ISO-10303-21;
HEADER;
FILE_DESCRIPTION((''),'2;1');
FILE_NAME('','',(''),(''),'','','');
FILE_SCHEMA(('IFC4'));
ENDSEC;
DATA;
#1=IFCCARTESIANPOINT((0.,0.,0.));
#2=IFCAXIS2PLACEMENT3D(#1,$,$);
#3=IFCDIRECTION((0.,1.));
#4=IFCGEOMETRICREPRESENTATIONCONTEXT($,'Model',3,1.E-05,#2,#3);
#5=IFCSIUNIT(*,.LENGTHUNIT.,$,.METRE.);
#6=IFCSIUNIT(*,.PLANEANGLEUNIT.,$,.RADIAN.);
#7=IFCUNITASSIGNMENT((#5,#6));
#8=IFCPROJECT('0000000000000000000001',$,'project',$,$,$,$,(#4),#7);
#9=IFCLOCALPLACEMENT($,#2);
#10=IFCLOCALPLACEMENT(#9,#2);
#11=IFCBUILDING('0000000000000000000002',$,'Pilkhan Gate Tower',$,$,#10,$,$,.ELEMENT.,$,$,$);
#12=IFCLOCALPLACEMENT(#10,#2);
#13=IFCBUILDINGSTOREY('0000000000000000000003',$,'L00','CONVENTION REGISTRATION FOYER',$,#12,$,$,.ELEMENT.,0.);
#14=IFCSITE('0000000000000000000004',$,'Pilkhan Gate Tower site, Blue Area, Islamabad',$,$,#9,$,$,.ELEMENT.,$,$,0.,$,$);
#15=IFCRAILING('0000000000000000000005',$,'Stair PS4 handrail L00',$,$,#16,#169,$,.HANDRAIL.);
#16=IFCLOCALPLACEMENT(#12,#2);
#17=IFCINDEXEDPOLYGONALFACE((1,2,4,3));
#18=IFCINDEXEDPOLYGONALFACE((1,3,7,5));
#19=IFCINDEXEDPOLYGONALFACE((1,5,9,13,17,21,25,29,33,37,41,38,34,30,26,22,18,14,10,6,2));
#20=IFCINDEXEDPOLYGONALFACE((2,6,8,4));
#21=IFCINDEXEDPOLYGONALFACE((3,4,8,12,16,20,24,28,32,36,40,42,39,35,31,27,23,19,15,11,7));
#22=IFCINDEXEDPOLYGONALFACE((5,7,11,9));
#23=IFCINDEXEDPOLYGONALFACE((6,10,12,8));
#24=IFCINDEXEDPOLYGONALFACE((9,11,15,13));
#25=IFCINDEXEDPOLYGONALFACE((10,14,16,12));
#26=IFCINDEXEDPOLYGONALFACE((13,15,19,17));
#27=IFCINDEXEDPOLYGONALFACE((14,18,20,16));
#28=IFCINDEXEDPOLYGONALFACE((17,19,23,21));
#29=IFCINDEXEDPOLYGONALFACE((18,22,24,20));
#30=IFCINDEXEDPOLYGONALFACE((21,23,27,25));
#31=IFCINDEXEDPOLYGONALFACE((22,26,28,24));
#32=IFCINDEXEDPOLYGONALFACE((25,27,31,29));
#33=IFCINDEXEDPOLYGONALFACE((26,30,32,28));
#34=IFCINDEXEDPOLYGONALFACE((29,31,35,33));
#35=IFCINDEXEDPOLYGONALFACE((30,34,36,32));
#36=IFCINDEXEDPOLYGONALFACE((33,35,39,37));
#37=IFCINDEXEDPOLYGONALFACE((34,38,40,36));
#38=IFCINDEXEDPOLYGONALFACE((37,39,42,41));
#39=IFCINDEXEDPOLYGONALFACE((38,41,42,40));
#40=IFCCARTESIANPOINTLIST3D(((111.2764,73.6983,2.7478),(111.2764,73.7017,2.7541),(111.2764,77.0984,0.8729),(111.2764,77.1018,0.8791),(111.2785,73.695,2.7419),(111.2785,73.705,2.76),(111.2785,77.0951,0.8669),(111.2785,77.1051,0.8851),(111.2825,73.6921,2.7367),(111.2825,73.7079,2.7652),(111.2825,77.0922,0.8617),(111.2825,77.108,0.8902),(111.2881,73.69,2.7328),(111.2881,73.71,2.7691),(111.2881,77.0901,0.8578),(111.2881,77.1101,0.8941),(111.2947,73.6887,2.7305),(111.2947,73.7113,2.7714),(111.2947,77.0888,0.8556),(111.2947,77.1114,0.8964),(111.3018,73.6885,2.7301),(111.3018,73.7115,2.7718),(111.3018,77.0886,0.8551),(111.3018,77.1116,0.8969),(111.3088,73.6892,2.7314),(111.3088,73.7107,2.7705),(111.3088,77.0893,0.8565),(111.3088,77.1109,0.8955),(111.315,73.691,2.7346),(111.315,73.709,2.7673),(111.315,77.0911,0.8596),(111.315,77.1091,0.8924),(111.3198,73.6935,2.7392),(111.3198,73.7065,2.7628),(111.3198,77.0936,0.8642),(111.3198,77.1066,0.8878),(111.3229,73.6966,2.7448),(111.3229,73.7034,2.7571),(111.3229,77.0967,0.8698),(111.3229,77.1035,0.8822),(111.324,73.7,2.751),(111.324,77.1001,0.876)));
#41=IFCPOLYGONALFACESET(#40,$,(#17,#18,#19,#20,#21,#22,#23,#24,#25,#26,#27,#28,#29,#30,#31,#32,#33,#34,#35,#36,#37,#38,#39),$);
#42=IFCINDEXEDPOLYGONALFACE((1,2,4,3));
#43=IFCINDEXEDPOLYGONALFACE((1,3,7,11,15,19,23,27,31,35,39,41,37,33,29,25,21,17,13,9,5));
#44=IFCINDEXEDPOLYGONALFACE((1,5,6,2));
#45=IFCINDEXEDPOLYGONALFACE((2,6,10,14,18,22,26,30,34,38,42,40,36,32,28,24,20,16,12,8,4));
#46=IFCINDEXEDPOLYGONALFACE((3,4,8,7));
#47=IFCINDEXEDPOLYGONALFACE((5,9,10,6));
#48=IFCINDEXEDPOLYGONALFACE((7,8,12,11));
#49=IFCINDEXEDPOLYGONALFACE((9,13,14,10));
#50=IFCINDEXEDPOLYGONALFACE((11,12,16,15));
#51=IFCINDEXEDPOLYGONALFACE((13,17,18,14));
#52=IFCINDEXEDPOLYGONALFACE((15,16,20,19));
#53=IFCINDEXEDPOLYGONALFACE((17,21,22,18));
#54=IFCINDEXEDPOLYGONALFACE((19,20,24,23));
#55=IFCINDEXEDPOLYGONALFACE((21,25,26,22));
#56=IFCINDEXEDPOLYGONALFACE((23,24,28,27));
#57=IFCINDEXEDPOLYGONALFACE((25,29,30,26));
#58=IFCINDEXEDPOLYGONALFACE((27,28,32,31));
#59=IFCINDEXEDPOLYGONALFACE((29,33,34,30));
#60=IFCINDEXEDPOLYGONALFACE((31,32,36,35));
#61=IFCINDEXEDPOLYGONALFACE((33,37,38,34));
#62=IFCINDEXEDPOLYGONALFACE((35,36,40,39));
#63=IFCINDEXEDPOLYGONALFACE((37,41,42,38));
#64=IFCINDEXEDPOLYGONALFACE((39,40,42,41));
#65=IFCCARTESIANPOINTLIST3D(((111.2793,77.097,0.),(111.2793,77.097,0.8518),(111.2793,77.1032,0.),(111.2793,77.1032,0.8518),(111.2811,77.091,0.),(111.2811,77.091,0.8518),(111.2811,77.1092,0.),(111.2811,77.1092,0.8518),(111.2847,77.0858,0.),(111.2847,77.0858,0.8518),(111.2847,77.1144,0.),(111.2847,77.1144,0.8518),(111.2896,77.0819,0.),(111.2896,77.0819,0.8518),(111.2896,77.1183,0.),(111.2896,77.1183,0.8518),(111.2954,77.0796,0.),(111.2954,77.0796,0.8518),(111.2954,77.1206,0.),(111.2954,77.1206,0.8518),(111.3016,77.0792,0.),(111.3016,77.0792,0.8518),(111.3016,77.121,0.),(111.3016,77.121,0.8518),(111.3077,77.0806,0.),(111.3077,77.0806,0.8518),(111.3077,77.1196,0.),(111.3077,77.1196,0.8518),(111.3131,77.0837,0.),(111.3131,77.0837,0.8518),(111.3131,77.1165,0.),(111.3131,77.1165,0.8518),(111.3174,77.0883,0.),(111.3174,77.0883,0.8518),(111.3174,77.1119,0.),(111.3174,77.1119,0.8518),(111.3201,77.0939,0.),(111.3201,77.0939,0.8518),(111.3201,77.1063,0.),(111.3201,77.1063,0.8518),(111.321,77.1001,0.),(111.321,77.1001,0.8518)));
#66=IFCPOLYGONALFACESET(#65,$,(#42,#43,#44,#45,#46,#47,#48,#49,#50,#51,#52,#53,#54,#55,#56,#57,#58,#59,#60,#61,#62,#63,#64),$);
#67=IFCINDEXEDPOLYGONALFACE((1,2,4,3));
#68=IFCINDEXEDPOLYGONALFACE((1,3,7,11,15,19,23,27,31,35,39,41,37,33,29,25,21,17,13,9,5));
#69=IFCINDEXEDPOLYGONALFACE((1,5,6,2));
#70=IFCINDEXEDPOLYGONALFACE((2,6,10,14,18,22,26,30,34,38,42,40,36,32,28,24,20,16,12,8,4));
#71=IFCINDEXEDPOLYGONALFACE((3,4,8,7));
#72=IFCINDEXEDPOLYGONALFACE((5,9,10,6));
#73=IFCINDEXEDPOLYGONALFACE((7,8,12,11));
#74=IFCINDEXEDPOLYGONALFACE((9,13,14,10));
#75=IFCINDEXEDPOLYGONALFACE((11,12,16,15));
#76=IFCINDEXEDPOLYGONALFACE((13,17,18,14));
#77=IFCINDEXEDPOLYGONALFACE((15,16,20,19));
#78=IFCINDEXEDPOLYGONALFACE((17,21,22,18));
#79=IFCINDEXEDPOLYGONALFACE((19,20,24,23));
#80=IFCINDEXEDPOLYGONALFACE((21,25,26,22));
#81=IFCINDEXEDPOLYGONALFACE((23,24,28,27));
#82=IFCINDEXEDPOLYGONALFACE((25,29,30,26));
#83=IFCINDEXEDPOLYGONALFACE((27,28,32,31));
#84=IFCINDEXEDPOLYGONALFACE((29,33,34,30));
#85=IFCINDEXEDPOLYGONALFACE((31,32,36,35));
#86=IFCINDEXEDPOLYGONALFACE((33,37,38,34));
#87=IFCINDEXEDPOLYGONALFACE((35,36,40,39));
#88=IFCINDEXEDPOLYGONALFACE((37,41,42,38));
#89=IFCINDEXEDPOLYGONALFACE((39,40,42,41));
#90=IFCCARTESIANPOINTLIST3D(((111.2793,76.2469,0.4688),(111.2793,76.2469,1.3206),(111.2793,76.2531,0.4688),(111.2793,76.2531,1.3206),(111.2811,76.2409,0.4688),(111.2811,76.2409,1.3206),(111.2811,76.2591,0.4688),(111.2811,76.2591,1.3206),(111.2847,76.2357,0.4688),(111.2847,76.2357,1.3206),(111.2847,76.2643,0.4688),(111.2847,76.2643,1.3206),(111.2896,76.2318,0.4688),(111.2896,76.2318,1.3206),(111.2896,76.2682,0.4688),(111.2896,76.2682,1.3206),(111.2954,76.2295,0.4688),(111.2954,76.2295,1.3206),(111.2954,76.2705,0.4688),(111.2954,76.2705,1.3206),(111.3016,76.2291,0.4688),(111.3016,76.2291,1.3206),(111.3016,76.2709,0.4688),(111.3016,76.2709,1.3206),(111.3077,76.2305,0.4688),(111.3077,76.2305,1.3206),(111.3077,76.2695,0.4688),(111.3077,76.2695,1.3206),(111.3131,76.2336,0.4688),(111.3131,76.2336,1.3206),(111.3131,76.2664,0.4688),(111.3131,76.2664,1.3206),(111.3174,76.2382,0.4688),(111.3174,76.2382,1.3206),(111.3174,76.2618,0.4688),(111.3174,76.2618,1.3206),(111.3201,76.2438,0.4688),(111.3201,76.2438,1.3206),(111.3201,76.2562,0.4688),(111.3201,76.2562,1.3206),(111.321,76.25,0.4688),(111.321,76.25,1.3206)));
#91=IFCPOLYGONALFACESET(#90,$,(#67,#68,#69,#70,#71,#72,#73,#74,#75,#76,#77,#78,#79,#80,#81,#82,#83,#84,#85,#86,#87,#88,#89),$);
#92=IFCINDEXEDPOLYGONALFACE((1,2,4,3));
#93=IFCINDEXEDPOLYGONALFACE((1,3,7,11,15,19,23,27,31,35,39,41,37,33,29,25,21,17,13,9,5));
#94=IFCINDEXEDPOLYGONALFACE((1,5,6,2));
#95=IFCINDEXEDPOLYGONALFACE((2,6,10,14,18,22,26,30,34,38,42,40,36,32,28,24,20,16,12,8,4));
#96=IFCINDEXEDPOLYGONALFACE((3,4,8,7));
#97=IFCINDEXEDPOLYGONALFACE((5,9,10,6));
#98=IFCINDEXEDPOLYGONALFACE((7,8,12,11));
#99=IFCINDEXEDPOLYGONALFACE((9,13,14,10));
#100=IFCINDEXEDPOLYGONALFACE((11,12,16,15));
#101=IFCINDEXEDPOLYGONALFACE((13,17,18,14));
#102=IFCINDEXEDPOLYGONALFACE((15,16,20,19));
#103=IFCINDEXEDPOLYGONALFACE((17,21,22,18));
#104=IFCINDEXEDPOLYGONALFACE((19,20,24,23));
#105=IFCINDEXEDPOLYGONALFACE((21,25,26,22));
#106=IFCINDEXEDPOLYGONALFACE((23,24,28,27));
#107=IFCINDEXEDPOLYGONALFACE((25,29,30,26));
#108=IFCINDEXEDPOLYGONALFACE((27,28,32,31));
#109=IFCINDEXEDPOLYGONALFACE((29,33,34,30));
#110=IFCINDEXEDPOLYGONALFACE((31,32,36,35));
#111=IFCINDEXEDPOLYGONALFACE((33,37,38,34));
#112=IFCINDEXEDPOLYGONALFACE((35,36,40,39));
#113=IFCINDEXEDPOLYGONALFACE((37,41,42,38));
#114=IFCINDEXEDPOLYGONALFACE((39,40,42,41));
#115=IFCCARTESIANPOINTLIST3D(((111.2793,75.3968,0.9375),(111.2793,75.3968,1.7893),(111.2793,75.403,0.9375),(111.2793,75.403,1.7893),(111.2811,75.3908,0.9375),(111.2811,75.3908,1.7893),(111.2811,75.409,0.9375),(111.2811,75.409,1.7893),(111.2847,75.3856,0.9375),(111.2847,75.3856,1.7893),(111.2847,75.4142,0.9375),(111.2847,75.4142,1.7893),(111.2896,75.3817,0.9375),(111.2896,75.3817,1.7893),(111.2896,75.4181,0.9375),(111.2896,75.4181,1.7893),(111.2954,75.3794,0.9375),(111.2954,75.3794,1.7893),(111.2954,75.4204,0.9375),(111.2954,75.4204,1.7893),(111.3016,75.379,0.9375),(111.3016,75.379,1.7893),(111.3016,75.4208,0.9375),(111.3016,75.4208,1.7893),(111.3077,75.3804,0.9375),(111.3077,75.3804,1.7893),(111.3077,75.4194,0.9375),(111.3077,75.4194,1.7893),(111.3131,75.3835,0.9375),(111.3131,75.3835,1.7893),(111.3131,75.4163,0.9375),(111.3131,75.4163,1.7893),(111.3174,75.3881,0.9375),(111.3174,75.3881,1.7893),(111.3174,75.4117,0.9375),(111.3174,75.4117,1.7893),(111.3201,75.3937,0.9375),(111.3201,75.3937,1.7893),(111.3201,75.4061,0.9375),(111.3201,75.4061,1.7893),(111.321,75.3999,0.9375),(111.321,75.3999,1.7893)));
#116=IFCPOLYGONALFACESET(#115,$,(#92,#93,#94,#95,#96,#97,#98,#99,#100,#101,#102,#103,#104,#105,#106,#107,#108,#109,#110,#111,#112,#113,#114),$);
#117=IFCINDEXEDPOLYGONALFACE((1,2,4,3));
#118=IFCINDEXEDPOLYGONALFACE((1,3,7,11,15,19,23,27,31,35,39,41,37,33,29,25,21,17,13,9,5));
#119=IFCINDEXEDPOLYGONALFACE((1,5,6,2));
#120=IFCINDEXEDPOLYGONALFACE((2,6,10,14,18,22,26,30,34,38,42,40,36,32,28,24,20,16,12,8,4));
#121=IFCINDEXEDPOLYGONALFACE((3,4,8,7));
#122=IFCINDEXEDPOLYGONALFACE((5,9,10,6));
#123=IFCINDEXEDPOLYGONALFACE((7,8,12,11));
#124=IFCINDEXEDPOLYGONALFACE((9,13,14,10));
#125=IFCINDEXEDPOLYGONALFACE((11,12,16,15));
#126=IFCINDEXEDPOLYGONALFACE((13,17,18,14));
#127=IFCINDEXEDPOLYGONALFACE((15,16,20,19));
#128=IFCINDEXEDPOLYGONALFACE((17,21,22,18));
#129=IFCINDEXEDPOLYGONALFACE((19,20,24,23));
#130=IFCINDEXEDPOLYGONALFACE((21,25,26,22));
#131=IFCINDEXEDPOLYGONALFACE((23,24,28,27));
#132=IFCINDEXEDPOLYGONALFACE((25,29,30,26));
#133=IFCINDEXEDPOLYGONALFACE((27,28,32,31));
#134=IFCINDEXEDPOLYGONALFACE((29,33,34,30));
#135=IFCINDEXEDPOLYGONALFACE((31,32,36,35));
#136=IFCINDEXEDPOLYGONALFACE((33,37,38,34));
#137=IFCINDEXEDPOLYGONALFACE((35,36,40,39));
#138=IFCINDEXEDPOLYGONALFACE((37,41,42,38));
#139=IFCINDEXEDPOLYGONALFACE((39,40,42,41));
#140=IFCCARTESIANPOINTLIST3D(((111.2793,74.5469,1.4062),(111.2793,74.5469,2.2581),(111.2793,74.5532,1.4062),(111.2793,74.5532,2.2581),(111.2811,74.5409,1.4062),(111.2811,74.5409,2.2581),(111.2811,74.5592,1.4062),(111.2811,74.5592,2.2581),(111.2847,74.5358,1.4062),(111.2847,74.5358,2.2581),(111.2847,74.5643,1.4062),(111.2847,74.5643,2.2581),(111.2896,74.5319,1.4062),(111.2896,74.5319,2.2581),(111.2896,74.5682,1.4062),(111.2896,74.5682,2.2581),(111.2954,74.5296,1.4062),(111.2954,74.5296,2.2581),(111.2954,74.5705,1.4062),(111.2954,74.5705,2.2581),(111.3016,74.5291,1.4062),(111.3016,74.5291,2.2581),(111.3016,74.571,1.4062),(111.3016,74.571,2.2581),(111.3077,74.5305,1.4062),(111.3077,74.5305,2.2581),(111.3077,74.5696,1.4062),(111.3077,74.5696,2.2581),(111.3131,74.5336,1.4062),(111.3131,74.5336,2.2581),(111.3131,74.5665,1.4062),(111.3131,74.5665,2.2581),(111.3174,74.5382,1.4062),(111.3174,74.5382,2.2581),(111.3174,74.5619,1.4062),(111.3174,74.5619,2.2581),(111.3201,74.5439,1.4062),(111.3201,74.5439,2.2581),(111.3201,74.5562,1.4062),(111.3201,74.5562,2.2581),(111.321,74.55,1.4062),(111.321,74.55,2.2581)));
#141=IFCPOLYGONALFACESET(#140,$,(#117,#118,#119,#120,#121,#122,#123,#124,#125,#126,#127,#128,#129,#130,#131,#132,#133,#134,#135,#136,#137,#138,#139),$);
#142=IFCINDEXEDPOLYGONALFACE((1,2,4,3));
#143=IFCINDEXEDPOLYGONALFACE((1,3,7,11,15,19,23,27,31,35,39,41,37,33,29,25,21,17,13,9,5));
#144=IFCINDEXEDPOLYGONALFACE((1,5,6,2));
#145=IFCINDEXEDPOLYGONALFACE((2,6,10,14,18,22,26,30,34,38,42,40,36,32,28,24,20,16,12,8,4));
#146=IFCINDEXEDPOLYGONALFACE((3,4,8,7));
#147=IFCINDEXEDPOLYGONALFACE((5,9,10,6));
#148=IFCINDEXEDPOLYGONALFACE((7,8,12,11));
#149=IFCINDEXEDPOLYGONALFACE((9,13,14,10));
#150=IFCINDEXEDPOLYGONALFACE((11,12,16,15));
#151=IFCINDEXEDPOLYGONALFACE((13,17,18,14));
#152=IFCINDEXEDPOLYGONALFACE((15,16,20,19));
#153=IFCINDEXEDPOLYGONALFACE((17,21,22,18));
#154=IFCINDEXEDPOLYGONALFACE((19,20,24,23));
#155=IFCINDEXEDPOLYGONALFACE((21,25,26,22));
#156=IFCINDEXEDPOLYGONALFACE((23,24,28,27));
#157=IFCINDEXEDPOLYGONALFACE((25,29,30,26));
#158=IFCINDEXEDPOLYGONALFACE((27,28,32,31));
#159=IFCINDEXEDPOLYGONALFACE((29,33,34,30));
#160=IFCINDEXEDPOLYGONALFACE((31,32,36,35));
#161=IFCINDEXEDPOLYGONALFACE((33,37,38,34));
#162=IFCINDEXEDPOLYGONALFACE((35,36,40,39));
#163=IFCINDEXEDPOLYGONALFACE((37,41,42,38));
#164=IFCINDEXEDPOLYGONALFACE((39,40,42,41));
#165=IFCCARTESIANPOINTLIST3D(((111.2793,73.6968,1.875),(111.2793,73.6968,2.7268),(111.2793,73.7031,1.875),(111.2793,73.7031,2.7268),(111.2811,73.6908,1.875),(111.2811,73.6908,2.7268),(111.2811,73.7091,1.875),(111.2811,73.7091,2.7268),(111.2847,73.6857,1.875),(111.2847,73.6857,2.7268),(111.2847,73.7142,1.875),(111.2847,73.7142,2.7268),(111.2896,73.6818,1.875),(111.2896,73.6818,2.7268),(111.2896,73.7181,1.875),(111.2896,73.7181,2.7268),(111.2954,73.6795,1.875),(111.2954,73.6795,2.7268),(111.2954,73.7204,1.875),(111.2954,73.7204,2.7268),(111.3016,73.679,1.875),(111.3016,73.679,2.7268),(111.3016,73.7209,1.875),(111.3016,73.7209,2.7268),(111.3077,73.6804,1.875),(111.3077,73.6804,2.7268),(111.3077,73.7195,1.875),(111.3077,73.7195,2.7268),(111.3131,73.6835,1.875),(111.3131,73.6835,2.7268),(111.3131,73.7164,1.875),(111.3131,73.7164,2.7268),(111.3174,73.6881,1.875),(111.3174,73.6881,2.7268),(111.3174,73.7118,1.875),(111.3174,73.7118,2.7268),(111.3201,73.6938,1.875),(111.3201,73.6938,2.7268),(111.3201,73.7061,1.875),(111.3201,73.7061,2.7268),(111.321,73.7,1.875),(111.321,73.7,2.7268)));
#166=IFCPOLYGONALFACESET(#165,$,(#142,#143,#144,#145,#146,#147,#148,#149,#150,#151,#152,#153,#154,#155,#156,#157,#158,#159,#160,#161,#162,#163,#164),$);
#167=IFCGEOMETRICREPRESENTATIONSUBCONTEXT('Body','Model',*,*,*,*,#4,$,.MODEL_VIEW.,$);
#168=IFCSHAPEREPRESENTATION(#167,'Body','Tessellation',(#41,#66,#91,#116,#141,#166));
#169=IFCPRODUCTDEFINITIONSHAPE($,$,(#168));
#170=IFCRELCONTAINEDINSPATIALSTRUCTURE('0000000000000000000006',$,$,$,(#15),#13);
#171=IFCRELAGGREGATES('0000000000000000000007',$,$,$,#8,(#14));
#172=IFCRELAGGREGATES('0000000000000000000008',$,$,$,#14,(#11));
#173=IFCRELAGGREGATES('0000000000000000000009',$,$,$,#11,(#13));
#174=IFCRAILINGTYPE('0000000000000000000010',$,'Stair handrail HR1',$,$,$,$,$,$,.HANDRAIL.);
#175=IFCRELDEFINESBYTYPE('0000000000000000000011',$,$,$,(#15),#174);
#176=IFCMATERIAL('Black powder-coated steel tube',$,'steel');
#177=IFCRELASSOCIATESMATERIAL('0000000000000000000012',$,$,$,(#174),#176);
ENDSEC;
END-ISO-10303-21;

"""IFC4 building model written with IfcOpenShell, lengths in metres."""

from ifc_helpers import new_model, si_unit, direction, frame, origin, origin_2d, place, context, subcontext, project, spatial, circle, extrude, material, type_object, element, save


model = new_model("IFC4")

# Units and contexts
model_context = context("Model", 3, precision=1e-05, world=origin(), true_north=direction((0.0, 1.0)))
body_context = subcontext(model_context, "Body", "Model", "MODEL_VIEW")
ifc_project = project(units=[si_unit("LENGTHUNIT", "METRE"), si_unit("PLANEANGLEUNIT", "RADIAN")], contexts=[model_context])

# Site, building, storey
site_placement = place(None, origin())
site = spatial("IfcSite", under=ifc_project, at=site_placement, Name="Pilkhan Gate Tower site, Blue Area, Islamabad", CompositionType="ELEMENT", RefElevation=0.0)
building_placement = place(site_placement, origin())
building = spatial("IfcBuilding", under=site, at=building_placement, Name="Pilkhan Gate Tower", CompositionType="ELEMENT")
storey_placement = place(building_placement, origin())
storey = spatial("IfcBuildingStorey", under=building, at=storey_placement, Name="L00", Description="CONVENTION REGISTRATION FOYER", CompositionType="ELEMENT", Elevation=0.0)

# Railing
ifc_material_1 = material(Name="Black powder-coated steel tube", Category="steel")
railing_type_1 = type_object("IfcRailingType", Name="Stair handrail HR1", PredefinedType="HANDRAIL", material=ifc_material_1)
for number, where, name in (
    (1, (111.3, 77.1001, 0.0), "Stair PS4 handrail L00"),
):
    element("IfcRailing", number, at=place(storey_placement, frame(where)), inside=storey, type_object=railing_type_1, Name=name, PredefinedType="HANDRAIL", context=body_context, shape_type="SweptSolid", body=[
        extrude(circle(Radius=0.0239, at=origin_2d()), frame((0.0, 0.0, 0.876), z_axis=(0.0, -0.87568, 0.482891), x_axis=(1.0, 0.0, 0.0)), (0.0, 0.0, 1.0), 3.8828),
        extrude(circle(Radius=0.021, at=origin_2d()), origin(), (0.0, 0.0, 1.0), 0.8518),
        extrude(circle(Radius=0.021, at=origin_2d()), frame((0.0, -0.8501, 0.4688)), (0.0, 0.0, 1.0), 0.8518),
        extrude(circle(Radius=0.021, at=origin_2d()), frame((0.0, -1.7002, 0.9375)), (0.0, 0.0, 1.0), 0.8518),
        extrude(circle(Radius=0.021, at=origin_2d()), frame((0.0, -2.55, 1.4062)), (0.0, 0.0, 1.0), 0.8518),
        extrude(circle(Radius=0.021, at=origin_2d()), frame((0.0, -3.4001, 1.875)), (0.0, 0.0, 1.0), 0.8518),
    ])

save(model, "model.ifc")
